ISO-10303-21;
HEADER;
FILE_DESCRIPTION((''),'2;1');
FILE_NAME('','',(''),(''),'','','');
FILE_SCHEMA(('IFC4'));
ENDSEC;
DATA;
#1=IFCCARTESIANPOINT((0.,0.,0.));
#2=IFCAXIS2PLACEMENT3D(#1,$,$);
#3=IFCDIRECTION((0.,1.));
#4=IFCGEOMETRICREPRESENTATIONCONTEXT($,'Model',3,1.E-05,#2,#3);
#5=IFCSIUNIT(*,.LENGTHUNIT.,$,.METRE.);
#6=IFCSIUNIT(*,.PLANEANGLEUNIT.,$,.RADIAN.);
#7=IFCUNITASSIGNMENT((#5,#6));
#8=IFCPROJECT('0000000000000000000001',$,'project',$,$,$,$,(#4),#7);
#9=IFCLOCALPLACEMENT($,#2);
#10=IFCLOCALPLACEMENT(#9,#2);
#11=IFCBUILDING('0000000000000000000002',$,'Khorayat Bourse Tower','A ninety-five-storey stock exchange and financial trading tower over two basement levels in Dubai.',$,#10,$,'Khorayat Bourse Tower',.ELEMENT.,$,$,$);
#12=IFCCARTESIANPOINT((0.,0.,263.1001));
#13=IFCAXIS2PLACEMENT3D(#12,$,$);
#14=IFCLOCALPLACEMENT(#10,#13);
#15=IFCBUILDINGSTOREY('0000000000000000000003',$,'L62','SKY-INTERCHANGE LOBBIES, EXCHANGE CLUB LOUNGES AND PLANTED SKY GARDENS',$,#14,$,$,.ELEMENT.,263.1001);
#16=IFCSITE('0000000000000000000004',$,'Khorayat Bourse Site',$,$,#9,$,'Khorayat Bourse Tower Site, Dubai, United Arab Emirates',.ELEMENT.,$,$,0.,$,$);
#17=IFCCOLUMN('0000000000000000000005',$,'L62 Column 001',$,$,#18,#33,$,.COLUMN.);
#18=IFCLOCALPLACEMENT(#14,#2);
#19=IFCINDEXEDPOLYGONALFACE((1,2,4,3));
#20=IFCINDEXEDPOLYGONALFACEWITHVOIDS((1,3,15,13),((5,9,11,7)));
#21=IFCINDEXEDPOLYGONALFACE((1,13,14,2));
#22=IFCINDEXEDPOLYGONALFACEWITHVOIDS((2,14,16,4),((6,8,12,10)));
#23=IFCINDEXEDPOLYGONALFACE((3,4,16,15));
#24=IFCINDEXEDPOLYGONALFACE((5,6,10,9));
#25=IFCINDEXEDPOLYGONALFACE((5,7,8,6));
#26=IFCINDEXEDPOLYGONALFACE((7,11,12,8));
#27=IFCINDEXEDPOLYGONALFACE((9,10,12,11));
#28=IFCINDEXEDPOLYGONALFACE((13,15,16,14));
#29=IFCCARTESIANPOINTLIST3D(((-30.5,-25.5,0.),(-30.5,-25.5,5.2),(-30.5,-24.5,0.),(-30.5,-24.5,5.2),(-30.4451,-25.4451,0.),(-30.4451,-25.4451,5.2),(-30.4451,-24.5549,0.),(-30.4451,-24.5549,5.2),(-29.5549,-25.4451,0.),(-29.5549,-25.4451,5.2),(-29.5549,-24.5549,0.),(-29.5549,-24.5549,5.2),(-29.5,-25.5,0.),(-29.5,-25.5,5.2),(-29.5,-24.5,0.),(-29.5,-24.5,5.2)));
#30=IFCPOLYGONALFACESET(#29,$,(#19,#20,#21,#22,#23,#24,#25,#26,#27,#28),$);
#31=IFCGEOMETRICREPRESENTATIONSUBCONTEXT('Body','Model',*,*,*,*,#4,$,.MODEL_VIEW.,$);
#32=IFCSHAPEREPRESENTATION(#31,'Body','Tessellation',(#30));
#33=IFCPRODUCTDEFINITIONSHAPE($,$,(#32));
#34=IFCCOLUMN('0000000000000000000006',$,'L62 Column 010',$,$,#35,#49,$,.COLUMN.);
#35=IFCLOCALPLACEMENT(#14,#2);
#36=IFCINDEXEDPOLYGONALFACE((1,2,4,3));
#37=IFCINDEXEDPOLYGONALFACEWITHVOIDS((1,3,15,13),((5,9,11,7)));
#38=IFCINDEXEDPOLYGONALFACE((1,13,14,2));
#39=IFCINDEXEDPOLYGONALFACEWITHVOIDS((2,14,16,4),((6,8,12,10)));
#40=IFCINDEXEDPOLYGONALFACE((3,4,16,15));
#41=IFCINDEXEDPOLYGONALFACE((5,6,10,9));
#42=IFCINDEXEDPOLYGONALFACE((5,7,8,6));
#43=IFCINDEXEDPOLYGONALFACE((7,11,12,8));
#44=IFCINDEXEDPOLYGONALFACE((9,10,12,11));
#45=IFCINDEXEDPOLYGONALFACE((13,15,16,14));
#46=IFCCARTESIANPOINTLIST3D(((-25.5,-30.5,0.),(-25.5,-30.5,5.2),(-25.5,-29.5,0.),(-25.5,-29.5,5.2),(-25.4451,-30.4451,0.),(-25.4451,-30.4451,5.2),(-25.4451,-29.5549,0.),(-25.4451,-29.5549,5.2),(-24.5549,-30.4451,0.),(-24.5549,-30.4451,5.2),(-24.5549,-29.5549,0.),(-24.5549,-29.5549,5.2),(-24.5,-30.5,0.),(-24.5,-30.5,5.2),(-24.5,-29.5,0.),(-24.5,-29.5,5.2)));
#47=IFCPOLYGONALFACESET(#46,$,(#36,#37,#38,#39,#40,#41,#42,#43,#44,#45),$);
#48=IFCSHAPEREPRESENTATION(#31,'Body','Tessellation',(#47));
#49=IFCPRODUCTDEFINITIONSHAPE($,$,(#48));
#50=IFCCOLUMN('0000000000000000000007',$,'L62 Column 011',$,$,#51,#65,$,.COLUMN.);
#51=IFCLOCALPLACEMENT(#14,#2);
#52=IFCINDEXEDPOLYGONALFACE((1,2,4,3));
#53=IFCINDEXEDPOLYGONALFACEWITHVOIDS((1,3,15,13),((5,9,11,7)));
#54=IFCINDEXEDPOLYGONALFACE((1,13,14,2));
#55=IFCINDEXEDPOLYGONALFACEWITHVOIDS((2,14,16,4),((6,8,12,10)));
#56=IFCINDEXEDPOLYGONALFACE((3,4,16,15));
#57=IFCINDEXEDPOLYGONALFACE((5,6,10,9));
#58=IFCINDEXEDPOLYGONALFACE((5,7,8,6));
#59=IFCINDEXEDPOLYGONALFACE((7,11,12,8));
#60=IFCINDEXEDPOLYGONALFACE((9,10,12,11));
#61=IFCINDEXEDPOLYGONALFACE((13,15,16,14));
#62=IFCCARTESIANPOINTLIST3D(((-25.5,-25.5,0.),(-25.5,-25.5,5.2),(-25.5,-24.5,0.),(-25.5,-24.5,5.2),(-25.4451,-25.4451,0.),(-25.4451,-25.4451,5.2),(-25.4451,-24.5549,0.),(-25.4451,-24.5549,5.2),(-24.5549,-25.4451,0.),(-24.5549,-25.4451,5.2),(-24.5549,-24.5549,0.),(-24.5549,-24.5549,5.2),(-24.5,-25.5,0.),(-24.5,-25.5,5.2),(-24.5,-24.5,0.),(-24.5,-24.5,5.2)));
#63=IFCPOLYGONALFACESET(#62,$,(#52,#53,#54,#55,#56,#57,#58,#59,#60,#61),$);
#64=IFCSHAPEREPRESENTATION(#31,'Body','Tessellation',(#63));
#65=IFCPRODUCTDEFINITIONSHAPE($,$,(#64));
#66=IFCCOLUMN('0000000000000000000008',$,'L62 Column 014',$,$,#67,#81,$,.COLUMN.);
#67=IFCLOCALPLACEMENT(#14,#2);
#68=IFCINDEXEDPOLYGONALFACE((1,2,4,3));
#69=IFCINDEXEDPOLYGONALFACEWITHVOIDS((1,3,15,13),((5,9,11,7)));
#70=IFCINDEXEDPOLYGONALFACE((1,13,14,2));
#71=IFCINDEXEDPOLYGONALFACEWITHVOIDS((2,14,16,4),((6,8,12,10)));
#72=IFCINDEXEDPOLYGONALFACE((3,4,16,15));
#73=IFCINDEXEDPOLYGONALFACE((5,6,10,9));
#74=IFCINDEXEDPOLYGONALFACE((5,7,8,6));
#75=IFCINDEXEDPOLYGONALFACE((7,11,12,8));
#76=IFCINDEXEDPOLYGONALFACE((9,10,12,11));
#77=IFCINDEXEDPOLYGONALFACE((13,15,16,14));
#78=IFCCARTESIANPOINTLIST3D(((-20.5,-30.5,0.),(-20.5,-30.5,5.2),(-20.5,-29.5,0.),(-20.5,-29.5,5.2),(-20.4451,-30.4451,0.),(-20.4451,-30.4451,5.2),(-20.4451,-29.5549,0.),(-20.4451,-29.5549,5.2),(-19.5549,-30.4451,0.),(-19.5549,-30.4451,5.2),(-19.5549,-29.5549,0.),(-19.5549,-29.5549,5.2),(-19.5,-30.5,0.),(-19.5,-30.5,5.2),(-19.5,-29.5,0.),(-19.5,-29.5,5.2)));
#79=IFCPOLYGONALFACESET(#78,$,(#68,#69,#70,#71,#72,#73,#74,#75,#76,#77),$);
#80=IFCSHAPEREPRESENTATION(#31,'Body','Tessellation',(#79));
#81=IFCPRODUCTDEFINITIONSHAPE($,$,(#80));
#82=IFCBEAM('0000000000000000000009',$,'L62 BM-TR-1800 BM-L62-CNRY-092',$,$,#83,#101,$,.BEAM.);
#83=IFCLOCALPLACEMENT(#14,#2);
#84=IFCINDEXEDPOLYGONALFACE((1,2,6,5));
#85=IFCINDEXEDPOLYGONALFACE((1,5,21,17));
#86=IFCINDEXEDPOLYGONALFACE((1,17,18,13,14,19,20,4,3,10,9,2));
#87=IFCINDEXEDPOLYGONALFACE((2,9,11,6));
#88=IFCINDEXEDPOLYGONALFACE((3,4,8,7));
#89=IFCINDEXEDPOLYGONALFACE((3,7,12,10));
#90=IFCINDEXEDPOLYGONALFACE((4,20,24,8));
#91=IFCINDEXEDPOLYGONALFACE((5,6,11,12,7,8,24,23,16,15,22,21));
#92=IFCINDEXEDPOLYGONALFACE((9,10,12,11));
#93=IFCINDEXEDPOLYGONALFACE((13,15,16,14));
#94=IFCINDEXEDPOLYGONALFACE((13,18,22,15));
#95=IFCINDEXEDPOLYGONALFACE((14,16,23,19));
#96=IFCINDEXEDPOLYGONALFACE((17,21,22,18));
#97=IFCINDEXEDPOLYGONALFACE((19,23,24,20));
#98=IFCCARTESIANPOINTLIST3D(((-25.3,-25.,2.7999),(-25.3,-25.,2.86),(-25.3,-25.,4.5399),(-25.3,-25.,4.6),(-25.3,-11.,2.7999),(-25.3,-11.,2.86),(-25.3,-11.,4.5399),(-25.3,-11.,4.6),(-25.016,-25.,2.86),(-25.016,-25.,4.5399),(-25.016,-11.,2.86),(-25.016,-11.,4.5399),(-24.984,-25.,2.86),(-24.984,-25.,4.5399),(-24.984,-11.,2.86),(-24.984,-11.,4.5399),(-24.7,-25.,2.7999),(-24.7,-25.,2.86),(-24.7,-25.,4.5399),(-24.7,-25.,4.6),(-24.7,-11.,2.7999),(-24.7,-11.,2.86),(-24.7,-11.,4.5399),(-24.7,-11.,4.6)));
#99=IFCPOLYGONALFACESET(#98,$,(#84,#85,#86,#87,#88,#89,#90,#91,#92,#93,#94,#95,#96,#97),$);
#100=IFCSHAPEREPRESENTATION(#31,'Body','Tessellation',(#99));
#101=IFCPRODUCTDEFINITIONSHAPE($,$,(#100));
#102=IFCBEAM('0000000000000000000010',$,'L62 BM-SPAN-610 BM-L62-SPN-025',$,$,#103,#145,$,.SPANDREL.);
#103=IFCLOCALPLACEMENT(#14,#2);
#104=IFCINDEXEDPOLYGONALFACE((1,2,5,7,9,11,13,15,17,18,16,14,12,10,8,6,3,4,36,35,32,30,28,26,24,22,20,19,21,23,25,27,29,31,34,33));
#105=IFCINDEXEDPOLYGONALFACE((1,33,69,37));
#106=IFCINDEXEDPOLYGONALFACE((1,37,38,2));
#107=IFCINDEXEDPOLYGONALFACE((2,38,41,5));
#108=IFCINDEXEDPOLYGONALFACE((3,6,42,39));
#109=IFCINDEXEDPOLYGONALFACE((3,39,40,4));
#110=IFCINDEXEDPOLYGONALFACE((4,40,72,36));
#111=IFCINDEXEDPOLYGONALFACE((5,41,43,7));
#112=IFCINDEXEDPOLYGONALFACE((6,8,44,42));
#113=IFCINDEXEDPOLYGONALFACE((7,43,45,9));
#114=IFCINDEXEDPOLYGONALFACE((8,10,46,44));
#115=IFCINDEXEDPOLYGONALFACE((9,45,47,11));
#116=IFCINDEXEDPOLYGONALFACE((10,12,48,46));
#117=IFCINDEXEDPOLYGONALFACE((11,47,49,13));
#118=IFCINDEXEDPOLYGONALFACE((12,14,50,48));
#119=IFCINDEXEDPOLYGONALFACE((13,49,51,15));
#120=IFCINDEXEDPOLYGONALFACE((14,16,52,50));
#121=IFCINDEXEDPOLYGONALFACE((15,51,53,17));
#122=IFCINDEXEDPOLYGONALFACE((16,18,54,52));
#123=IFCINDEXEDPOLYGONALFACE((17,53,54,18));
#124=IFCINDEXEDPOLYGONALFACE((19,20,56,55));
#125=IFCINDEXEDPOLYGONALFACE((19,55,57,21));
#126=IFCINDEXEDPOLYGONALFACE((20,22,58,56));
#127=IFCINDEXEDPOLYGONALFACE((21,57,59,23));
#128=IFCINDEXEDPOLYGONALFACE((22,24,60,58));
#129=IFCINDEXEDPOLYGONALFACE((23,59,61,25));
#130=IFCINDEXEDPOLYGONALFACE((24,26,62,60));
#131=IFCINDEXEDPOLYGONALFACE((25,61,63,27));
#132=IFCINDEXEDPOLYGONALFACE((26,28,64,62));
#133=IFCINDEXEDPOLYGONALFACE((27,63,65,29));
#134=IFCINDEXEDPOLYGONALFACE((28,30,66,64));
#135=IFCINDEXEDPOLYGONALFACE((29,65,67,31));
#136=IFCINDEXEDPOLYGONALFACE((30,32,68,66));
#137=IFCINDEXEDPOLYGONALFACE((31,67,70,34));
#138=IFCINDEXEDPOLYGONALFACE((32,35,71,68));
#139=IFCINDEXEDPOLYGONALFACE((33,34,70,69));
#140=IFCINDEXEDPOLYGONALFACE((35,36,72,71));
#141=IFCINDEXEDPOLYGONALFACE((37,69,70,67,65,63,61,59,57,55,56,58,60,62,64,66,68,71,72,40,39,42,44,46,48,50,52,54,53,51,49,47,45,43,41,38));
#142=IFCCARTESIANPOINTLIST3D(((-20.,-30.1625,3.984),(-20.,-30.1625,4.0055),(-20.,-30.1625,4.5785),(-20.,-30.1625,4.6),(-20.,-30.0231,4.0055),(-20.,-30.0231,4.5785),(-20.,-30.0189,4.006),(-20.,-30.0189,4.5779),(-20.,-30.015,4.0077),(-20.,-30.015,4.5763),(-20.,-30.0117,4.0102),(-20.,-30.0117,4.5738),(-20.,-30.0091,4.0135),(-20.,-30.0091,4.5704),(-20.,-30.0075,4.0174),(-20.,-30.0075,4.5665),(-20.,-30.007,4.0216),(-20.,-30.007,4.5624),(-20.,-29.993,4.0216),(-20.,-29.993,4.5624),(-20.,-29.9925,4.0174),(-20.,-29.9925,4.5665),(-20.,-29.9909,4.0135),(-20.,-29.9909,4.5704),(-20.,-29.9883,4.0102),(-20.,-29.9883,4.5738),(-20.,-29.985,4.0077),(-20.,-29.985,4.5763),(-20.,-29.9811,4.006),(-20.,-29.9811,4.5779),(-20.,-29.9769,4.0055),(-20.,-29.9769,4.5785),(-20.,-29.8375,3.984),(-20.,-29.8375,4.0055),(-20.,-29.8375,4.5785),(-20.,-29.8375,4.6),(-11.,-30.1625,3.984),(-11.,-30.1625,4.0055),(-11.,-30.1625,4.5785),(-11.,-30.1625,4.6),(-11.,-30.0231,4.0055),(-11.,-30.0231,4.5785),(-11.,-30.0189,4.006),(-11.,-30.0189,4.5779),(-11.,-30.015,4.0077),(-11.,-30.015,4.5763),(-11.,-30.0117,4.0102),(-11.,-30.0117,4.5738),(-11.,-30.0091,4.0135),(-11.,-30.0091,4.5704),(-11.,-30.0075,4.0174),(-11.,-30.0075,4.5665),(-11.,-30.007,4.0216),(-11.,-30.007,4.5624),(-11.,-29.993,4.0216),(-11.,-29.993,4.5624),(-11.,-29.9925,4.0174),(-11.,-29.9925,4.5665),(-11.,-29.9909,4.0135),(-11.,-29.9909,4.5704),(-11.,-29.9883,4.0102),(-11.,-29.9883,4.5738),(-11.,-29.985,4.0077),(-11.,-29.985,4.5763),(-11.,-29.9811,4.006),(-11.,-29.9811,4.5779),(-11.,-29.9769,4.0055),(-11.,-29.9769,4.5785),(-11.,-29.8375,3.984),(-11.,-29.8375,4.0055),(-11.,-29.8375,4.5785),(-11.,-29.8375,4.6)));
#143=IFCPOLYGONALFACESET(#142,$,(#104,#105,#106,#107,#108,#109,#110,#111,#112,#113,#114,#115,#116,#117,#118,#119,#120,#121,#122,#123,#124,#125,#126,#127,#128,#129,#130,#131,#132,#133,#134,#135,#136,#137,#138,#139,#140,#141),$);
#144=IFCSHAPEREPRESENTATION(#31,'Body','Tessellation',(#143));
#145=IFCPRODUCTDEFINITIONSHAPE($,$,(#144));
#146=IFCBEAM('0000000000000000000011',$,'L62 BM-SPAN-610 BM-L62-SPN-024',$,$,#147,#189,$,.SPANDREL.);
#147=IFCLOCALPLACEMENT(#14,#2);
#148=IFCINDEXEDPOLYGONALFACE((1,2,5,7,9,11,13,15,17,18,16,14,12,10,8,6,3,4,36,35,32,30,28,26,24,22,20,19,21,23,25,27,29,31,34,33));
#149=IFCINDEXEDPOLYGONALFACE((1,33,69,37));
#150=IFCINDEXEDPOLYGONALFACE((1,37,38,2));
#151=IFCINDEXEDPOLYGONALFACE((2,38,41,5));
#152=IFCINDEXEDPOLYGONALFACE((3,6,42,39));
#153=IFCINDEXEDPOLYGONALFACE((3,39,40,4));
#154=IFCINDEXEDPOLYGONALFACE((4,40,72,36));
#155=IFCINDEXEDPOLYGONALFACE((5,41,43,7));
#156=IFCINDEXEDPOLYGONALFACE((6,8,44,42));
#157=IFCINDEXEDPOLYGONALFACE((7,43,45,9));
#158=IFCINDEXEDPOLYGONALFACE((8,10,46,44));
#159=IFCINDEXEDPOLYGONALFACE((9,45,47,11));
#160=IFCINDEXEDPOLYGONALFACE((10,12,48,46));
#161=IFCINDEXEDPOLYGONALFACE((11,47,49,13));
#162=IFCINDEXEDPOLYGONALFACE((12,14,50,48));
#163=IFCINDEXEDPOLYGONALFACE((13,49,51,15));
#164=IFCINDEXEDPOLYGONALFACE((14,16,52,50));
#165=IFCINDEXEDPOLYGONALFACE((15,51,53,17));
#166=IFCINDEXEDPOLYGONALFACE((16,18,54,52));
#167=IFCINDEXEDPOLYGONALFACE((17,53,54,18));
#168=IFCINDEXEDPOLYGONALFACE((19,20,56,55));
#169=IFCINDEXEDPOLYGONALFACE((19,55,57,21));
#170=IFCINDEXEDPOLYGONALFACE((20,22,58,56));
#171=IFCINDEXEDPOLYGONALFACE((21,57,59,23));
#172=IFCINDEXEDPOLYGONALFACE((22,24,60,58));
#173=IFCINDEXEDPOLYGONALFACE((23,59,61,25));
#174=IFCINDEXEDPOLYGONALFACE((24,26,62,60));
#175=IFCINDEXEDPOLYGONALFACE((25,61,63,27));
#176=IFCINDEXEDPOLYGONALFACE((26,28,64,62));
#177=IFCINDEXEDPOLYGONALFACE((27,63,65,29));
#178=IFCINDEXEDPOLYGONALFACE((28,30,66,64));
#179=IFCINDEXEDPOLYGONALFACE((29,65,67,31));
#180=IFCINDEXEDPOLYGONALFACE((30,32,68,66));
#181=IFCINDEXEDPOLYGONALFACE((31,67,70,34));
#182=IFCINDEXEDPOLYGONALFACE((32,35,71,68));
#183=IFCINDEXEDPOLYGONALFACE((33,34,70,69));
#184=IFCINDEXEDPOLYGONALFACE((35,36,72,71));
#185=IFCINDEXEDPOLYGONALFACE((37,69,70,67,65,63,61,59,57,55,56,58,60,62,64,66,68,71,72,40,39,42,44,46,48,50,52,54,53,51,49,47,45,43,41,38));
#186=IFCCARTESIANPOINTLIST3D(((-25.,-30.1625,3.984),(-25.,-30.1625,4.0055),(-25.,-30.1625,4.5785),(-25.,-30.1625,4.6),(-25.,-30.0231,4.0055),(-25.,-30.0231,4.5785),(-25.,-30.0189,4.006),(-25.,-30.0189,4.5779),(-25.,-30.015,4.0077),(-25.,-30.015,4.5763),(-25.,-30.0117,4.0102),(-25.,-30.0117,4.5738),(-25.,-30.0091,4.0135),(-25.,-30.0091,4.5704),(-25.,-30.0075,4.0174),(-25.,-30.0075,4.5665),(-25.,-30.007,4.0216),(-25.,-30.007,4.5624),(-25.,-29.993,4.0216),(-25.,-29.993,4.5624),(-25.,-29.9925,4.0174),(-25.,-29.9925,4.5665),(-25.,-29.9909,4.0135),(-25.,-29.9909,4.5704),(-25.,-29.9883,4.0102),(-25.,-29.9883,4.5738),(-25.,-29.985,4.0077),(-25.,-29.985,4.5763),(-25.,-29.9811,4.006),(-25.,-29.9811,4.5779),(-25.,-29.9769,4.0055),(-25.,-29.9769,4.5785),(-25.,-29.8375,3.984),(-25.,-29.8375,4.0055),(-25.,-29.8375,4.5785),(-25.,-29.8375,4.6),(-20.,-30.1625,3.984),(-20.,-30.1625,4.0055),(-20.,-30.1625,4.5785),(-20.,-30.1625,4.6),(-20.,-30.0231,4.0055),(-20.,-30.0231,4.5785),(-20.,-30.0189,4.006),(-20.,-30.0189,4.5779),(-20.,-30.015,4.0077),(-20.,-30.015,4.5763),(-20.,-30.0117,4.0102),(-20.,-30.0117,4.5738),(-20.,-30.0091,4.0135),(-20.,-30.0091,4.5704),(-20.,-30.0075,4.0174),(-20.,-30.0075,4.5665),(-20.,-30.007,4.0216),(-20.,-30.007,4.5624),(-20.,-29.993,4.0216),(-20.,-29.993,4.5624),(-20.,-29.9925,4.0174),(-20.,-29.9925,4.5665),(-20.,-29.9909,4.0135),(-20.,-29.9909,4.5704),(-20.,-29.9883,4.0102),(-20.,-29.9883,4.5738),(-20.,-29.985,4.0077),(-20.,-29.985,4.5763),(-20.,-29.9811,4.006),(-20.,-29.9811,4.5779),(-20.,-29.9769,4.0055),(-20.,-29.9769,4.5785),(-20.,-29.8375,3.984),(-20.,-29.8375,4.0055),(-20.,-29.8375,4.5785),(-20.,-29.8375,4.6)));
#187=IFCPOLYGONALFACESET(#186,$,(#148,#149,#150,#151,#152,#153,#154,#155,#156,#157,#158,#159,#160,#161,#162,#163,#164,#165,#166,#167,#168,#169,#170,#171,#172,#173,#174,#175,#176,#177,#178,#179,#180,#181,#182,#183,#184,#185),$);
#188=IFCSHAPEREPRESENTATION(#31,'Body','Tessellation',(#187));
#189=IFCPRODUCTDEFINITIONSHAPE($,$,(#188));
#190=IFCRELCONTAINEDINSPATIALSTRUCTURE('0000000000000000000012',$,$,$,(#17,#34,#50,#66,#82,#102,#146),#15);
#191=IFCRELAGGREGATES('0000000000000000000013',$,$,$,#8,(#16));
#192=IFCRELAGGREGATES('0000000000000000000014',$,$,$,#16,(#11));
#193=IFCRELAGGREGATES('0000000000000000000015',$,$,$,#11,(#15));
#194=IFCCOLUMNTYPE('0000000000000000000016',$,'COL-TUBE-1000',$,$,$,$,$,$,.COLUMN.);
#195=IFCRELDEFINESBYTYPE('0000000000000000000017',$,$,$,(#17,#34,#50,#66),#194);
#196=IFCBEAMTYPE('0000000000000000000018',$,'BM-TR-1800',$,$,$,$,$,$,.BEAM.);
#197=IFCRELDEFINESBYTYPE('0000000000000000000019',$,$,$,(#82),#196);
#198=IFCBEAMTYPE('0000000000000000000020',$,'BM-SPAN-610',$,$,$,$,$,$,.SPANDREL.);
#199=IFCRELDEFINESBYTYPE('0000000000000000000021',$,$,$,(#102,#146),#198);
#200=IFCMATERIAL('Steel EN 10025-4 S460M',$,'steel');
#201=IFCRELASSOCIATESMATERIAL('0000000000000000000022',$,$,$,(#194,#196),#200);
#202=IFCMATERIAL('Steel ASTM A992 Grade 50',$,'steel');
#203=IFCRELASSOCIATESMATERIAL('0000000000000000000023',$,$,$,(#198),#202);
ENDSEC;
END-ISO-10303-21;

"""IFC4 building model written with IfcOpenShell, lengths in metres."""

from ifc_helpers import new_model, si_unit, direction, frame, origin, origin_2d, place, context, subcontext, project, spatial, hollow_rectangle, i_section, extrude, source, transform, mapped, material, material_profile, profile_set, type_object, element, save


model = new_model("IFC4")

# Units and contexts
model_context = context("Model", 3, precision=1e-05, world=origin(), true_north=direction((0.0, 1.0)))
body_context = subcontext(model_context, "Body", "Model", "MODEL_VIEW")
ifc_project = project(units=[si_unit("LENGTHUNIT", "METRE"), si_unit("PLANEANGLEUNIT", "RADIAN")], contexts=[model_context])

# Site, building, storey
site_placement = place(None, origin())
site = spatial("IfcSite", under=ifc_project, at=site_placement, Name="Khorayat Bourse Site", LongName="Khorayat Bourse Tower Site, Dubai, United Arab Emirates", CompositionType="ELEMENT", RefElevation=0.0)
building_placement = place(site_placement, origin())
building = spatial("IfcBuilding", under=site, at=building_placement, Name="Khorayat Bourse Tower", Description="A ninety-five-storey stock exchange and financial trading tower over two basement levels in Dubai.", LongName="Khorayat Bourse Tower", CompositionType="ELEMENT")
storey_placement = place(building_placement, frame((0.0, 0.0, 263.1001)))
storey = spatial("IfcBuildingStorey", under=building, at=storey_placement, Name="L62", Description="SKY-INTERCHANGE LOBBIES, EXCHANGE CLUB LOUNGES AND PLANTED SKY GARDENS", CompositionType="ELEMENT", Elevation=263.1001)

# Columns
ifc_material_1 = material(Name="Steel EN 10025-4 S460M", Category="steel")
ifc_material_profile_1 = material_profile(ifc_material_1, hollow_rectangle(XDim=1.0, YDim=1.0, WallThickness=0.0549, at=origin_2d()), Name="BOX 1000x1000x55")
ifc_profile_set_1 = profile_set([ifc_material_profile_1], Name="Steel EN 10025-4 S460M")
column_type = type_object("IfcColumnType", Name="COL-TUBE-1000", PredefinedType="COLUMN", material=ifc_profile_set_1)
shared_shape_1 = source(origin(), body_context, "Body", "SweptSolid", [
    extrude(hollow_rectangle(XDim=1.0, YDim=1.0, WallThickness=0.0549, at=origin_2d()), origin(), (0.0, 0.0, 1.0), 5.2),
])
for number, where, z_axis, x_axis, name in (
    (1, (-30.0, -25.0, 0.0), (0.0, 0.0, 1.0), (1.0, 0.0, 0.0), "L62 Column 001"),
    (2, (-25.0, -30.0, 0.0), (0.0, 0.0, 1.0), (1.0, 0.0, 0.0), "L62 Column 010"),
    (3, (-25.0, -25.0, 0.0), (0.0, 0.0, 1.0), (1.0, 0.0, 0.0), "L62 Column 011"),
    (4, (-20.0, -30.0, 0.0), (0.0, 0.0, 1.0), (1.0, 0.0, 0.0), "L62 Column 014"),
):
    element("IfcColumn", number, at=place(storey_placement, frame(where, z_axis=z_axis, x_axis=x_axis)), inside=storey, type_object=column_type, Name=name, PredefinedType="COLUMN", context=body_context, shape_type="MappedRepresentation", body=[
        mapped(shared_shape_1, transform((0.0, 0.0, 0.0), scale=1.0)),
    ])

# Beams
ifc_material_profile_2 = material_profile(ifc_material_1, i_section(OverallWidth=0.6001, OverallDepth=1.8, WebThickness=0.032, FlangeThickness=0.0601, at=origin_2d()), Name="PG 1800x600x32x60")
ifc_profile_set_2 = profile_set([ifc_material_profile_2], Name="Steel EN 10025-4 S460M")
beam_type_1 = type_object("IfcBeamType", Name="BM-TR-1800", PredefinedType="BEAM", material=ifc_profile_set_2)
shared_shape_2 = source(origin(), body_context, "Body", "SweptSolid", [
    extrude(i_section(OverallWidth=0.6001, OverallDepth=1.8, WebThickness=0.032, FlangeThickness=0.0601, at=origin_2d()), origin(), (0.0, 0.0, 1.0), 14.0),
])
beam_1_placement = place(storey_placement, frame((-25.0, -25.0, 3.7), z_axis=(0.0, 1.0, 0.0), x_axis=(-1.0, 0.0, 0.0)))
element("IfcBeam", 5, at=beam_1_placement, inside=storey, type_object=beam_type_1, Name="L62 BM-TR-1800 BM-L62-CNRY-092", PredefinedType="BEAM", context=body_context, shape_type="MappedRepresentation", body=[
    mapped(shared_shape_2, transform((0.0, 0.0, 0.0), scale=1.0)),
])
ifc_material_2 = material(Name="Steel ASTM A992 Grade 50", Category="steel")
ifc_material_profile_3 = material_profile(ifc_material_2, i_section(OverallWidth=0.325, OverallDepth=0.616, WebThickness=0.0139, FlangeThickness=0.0215, FilletRadius=0.0161, at=origin_2d()), Name="W610X174")
ifc_profile_set_3 = profile_set([ifc_material_profile_3], Name="Steel ASTM A992 Grade 50")
beam_type_2 = type_object("IfcBeamType", Name="BM-SPAN-610", PredefinedType="SPANDREL", material=ifc_profile_set_3)
shared_shape_3 = source(origin(), body_context, "Body", "SweptSolid", [
    extrude(i_section(OverallWidth=0.325, OverallDepth=0.616, WebThickness=0.0139, FlangeThickness=0.0215, FilletRadius=0.0161, at=origin_2d()), origin(), (0.0, 0.0, 1.0), 9.0),
])
beam_2_placement = place(storey_placement, frame((-20.0, -30.0, 4.292), z_axis=(1.0, 0.0, 0.0), x_axis=(0.0, 1.0, 0.0)))
element("IfcBeam", 6, at=beam_2_placement, inside=storey, type_object=beam_type_2, Name="L62 BM-SPAN-610 BM-L62-SPN-025", PredefinedType="SPANDREL", context=body_context, shape_type="MappedRepresentation", body=[
    mapped(shared_shape_3, transform((0.0, 0.0, 0.0), scale=1.0)),
])
shared_shape_4 = source(origin(), body_context, "Body", "SweptSolid", [
    extrude(i_section(OverallWidth=0.325, OverallDepth=0.616, WebThickness=0.0139, FlangeThickness=0.0215, FilletRadius=0.0161, at=origin_2d()), origin(), (0.0, 0.0, 1.0), 5.0),
])
for number, where, z_axis, x_axis, name in (
    (7, (-25.0, -30.0, 4.292), (1.0, 0.0, 0.0), (0.0, 1.0, 0.0), "L62 BM-SPAN-610 BM-L62-SPN-024"),
):
    element("IfcBeam", number, at=place(storey_placement, frame(where, z_axis=z_axis, x_axis=x_axis)), inside=storey, type_object=beam_type_2, Name=name, PredefinedType="SPANDREL", context=body_context, shape_type="MappedRepresentation", body=[
        mapped(shared_shape_4, transform((0.0, 0.0, 0.0), scale=1.0)),
    ])

save(model, "model.ifc")
